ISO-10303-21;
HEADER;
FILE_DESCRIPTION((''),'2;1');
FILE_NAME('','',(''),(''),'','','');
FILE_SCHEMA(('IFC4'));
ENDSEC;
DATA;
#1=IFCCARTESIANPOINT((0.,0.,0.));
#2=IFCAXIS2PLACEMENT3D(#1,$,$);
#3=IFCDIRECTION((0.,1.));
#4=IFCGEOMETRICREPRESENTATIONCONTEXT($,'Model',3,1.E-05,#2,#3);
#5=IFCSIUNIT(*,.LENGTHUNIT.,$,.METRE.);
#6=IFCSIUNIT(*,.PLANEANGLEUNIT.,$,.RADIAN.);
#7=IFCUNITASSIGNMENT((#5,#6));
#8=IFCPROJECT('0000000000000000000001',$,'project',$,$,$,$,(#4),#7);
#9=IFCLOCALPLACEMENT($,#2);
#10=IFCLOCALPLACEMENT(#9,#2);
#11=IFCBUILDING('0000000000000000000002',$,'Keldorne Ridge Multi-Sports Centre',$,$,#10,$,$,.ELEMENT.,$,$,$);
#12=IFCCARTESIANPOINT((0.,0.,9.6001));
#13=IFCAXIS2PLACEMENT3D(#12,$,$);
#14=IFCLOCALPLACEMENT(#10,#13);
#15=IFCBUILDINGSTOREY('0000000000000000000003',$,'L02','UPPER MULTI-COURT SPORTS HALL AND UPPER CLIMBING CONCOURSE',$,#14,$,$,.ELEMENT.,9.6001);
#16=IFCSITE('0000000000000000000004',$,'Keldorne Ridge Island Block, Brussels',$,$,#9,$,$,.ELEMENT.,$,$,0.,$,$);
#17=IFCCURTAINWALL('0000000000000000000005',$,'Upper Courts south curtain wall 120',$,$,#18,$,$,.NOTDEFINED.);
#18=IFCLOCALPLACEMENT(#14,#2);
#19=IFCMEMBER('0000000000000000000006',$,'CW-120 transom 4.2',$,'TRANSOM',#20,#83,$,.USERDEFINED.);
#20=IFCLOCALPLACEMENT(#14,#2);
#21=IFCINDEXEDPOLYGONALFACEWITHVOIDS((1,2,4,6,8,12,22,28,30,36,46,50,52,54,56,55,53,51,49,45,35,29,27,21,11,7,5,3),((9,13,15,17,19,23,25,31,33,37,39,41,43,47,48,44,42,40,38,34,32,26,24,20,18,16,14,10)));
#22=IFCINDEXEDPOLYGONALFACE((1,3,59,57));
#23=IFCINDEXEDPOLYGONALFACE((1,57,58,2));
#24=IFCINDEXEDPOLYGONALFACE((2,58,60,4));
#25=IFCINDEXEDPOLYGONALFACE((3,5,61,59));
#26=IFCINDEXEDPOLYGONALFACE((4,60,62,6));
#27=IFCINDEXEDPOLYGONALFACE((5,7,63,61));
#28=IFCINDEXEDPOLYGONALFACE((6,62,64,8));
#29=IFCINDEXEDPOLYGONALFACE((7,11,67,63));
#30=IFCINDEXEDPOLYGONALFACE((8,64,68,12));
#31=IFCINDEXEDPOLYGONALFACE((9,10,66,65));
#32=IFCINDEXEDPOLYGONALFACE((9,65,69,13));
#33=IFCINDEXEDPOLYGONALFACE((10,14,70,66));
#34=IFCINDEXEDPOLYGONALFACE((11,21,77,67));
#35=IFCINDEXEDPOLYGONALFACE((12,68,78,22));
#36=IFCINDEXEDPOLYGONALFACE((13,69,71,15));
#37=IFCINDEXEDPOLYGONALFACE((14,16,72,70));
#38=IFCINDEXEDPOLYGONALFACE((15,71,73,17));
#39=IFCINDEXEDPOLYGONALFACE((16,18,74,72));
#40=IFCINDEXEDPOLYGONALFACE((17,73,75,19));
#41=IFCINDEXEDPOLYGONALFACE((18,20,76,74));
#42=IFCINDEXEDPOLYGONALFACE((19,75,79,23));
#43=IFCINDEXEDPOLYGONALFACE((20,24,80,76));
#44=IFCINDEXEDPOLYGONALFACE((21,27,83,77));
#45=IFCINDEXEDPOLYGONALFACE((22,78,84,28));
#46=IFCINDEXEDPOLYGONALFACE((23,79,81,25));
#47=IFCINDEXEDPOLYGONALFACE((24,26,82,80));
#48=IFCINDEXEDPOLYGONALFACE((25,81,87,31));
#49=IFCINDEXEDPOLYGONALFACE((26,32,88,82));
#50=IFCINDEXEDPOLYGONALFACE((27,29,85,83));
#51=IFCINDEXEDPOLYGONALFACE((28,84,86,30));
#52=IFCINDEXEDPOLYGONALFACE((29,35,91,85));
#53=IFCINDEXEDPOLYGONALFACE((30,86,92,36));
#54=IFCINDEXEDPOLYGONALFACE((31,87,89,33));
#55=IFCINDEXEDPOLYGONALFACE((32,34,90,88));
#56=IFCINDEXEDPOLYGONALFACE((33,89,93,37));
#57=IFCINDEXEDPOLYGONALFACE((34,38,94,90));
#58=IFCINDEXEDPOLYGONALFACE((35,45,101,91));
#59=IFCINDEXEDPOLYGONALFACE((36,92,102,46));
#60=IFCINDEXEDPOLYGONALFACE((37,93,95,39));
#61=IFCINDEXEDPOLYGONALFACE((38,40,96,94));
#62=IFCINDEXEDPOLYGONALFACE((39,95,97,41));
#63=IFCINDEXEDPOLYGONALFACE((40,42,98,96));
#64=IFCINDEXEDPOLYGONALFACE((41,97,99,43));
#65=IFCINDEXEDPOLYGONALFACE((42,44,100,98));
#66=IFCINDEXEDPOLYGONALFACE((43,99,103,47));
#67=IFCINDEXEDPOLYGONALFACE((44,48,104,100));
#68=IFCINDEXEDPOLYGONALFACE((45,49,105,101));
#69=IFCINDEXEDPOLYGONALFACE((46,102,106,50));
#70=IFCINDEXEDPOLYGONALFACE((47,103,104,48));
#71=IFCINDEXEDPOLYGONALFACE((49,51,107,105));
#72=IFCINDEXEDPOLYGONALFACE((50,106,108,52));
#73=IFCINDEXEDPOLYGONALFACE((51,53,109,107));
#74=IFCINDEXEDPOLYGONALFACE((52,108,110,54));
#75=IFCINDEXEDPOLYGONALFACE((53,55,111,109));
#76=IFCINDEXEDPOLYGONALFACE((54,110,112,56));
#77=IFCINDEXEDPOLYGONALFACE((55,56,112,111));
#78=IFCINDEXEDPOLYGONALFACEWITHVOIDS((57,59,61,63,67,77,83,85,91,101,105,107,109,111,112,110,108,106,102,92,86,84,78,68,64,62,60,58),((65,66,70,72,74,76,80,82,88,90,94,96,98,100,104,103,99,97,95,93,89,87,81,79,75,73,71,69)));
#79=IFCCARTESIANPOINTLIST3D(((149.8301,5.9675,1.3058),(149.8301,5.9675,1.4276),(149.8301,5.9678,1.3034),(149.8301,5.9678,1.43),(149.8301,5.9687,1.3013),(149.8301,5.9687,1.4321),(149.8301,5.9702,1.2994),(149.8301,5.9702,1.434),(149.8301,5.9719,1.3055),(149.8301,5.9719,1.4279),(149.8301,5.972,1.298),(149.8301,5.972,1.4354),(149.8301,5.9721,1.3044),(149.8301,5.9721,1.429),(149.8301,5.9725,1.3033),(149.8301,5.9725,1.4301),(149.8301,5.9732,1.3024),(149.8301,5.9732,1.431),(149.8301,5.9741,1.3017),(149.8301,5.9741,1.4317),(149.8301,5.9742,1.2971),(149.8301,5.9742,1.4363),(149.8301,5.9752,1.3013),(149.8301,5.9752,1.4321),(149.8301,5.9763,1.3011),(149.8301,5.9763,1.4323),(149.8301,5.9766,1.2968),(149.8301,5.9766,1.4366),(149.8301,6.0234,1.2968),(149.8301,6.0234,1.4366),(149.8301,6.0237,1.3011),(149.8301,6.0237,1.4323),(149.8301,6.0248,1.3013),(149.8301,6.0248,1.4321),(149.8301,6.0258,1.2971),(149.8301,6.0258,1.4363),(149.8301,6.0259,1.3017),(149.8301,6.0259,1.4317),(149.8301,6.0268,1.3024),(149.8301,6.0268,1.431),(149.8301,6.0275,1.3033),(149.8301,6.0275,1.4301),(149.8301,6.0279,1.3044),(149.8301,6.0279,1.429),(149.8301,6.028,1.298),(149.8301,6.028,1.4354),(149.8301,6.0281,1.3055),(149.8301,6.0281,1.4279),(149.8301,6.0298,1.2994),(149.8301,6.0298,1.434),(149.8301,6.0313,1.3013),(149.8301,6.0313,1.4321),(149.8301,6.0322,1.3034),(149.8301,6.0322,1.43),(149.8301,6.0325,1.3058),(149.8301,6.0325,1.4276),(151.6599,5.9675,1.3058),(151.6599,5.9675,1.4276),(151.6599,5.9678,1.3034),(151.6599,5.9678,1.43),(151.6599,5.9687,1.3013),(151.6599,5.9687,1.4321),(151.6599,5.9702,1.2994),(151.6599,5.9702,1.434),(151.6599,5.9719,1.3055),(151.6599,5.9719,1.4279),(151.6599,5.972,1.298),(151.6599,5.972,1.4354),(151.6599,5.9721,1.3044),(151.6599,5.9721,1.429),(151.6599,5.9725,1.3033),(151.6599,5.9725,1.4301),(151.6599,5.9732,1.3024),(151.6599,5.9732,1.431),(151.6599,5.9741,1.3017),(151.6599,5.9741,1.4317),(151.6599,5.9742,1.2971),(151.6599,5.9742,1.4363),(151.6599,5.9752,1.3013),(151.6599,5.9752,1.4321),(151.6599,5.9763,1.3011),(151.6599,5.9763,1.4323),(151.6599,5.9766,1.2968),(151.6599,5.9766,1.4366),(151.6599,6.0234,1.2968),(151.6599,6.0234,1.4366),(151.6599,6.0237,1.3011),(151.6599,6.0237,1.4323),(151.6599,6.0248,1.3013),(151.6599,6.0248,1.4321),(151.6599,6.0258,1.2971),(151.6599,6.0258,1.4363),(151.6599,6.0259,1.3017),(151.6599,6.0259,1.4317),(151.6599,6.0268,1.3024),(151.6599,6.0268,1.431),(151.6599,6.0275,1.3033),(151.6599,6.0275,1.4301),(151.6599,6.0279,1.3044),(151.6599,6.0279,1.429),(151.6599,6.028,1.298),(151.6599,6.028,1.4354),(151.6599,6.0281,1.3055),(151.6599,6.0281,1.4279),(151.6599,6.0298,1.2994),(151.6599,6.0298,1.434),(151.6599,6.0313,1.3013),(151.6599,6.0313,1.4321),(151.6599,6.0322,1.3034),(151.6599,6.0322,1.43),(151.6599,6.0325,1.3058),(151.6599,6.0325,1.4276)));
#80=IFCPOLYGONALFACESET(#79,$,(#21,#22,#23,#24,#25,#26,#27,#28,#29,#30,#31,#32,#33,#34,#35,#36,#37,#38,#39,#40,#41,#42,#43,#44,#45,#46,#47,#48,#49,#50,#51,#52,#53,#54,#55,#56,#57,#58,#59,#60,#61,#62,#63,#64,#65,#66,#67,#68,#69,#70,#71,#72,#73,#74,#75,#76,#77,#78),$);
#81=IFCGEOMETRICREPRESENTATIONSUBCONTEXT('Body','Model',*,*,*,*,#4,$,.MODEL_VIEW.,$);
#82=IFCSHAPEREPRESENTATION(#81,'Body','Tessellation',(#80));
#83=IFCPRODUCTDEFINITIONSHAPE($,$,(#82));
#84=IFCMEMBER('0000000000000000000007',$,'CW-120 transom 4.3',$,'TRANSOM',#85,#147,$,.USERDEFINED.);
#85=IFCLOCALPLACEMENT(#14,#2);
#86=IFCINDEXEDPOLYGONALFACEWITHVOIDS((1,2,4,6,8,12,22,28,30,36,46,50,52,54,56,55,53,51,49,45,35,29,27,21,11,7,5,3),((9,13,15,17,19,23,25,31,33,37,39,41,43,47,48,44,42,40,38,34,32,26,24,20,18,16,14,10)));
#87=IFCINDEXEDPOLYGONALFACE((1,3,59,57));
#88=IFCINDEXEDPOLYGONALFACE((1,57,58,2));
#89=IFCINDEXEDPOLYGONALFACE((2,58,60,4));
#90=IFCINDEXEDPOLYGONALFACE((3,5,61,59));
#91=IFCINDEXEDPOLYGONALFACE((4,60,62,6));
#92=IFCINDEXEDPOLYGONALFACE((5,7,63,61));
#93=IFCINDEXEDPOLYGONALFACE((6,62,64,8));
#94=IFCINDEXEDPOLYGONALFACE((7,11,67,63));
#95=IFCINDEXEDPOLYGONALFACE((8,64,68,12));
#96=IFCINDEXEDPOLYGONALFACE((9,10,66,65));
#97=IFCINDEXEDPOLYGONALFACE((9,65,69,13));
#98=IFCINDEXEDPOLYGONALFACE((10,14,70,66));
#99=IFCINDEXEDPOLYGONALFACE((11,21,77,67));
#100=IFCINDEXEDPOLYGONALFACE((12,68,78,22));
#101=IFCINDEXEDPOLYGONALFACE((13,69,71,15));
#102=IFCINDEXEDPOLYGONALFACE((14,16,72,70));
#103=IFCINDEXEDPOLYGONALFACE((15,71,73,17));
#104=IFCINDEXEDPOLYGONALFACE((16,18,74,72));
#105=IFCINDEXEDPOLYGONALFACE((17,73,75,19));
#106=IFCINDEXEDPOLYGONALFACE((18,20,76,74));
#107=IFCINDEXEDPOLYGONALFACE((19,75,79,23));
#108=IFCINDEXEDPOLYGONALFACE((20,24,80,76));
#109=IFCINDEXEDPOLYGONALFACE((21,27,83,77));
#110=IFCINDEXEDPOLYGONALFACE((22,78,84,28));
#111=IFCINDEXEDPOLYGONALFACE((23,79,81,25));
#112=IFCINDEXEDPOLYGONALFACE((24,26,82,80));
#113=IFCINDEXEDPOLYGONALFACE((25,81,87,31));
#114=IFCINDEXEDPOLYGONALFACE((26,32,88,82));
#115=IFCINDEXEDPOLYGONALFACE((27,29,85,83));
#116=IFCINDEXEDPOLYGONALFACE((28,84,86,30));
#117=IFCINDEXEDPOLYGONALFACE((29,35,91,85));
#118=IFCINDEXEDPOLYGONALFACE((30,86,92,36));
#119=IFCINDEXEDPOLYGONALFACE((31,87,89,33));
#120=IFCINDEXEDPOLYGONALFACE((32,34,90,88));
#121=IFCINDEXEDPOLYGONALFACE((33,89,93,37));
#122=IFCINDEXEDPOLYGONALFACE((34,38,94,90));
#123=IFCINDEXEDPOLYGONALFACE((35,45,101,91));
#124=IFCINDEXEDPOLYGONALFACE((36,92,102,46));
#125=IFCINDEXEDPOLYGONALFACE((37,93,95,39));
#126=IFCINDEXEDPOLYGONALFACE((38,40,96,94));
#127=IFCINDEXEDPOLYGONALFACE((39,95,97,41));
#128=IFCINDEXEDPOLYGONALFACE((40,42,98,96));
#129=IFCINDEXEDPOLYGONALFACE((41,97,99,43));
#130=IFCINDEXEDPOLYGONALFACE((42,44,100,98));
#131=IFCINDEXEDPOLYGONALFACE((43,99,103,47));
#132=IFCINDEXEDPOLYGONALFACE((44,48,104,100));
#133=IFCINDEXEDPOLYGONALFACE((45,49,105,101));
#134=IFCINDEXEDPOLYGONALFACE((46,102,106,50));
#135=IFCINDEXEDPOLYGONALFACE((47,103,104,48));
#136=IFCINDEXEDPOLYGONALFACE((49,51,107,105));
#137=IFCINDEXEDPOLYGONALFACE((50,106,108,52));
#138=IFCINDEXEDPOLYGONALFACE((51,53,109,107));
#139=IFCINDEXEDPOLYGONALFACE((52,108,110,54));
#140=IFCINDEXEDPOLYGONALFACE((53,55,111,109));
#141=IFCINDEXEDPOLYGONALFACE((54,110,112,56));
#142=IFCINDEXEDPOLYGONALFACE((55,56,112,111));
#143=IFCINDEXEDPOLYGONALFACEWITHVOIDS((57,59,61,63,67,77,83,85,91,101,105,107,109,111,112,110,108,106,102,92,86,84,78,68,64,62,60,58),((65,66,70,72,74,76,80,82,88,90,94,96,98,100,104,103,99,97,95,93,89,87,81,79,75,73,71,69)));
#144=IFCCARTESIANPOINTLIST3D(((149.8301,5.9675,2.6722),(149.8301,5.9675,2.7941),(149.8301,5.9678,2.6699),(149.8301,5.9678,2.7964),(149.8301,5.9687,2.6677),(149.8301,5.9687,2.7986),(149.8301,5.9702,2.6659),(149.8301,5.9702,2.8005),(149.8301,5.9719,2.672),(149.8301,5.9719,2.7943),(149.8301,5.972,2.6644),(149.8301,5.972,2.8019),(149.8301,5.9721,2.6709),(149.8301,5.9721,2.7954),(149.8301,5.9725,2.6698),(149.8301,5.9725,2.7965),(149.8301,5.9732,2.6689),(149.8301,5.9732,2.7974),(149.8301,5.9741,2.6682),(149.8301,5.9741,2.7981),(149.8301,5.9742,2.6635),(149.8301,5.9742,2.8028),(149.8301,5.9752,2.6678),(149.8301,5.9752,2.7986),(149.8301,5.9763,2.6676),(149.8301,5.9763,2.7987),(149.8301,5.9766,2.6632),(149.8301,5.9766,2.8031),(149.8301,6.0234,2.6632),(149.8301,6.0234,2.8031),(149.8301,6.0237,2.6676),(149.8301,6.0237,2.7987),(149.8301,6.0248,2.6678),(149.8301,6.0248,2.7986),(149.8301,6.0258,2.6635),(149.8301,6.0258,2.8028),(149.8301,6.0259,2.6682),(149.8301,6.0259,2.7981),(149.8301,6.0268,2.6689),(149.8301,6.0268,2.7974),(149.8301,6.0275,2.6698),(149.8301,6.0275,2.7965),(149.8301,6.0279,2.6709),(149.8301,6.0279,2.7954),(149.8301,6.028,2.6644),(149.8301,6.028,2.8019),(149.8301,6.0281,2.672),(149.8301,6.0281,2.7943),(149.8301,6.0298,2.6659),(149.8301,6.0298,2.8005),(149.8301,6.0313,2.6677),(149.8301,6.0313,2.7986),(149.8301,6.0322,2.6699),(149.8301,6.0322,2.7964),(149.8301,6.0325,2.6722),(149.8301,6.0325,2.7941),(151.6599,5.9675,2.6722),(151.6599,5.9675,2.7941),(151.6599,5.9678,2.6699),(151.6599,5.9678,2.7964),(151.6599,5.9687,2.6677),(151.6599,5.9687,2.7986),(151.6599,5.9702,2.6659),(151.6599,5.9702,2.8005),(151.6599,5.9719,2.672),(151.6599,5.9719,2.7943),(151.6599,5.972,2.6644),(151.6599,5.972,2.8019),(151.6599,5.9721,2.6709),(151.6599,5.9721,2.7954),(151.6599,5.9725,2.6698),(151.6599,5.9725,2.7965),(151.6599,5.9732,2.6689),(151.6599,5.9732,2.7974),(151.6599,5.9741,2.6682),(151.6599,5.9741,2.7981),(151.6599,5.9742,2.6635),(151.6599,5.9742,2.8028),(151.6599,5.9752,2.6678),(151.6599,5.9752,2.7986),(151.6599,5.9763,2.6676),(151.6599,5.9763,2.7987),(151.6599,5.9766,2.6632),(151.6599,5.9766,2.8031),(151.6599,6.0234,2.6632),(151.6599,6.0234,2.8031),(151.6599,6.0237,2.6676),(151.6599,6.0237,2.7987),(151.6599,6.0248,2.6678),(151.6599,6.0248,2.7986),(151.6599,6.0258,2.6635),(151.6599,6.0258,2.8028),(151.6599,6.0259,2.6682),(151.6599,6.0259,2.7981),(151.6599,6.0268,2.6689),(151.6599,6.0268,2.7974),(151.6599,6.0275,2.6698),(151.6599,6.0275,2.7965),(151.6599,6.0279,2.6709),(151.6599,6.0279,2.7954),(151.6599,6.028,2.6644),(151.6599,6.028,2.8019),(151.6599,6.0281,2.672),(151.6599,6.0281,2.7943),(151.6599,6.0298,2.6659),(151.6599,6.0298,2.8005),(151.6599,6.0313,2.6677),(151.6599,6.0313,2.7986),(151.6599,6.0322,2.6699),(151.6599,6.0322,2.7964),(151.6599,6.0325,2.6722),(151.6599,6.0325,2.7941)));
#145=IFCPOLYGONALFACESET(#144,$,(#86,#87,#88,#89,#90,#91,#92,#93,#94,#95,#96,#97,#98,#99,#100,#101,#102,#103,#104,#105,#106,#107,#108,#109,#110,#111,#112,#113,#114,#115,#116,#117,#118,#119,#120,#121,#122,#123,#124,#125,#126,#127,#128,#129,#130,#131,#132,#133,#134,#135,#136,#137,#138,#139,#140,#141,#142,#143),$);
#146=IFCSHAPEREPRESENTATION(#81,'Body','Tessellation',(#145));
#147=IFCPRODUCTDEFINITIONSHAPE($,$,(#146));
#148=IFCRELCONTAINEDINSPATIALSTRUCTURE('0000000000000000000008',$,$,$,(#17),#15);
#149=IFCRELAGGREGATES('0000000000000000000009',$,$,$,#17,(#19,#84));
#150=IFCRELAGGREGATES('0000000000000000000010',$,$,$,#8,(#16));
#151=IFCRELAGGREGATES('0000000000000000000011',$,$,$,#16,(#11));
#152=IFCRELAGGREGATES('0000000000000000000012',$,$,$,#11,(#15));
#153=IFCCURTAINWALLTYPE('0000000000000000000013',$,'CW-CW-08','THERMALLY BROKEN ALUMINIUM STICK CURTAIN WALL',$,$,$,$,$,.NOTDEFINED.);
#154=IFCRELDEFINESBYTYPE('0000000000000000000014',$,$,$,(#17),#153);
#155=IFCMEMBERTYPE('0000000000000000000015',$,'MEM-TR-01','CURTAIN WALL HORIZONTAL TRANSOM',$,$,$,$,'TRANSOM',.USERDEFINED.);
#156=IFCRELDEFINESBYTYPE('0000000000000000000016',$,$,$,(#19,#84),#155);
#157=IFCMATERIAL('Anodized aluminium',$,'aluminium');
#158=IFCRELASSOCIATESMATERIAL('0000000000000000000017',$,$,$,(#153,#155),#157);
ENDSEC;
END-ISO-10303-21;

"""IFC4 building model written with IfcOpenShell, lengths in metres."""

from ifc_helpers import new_model, si_unit, direction, frame, origin, origin_2d, place, context, subcontext, project, spatial, hollow_rectangle, extrude, material, material_profile, profile_set, type_object, element, aggregate, save


model = new_model("IFC4")

# Units and contexts
model_context = context("Model", 3, precision=1e-05, world=origin(), true_north=direction((0.0, 1.0)))
body_context = subcontext(model_context, "Body", "Model", "MODEL_VIEW")
ifc_project = project(units=[si_unit("LENGTHUNIT", "METRE"), si_unit("PLANEANGLEUNIT", "RADIAN")], contexts=[model_context])

# Site, building, storey
site_placement = place(None, origin())
site = spatial("IfcSite", under=ifc_project, at=site_placement, Name="Keldorne Ridge Island Block, Brussels", CompositionType="ELEMENT", RefElevation=0.0)
building_placement = place(site_placement, origin())
building = spatial("IfcBuilding", under=site, at=building_placement, Name="Keldorne Ridge Multi-Sports Centre", CompositionType="ELEMENT")
storey_placement = place(building_placement, frame((0.0, 0.0, 9.6001)))
storey = spatial("IfcBuildingStorey", under=building, at=storey_placement, Name="L02", Description="UPPER MULTI-COURT SPORTS HALL AND UPPER CLIMBING CONCOURSE", CompositionType="ELEMENT", Elevation=9.6001)

# Curtain wall
ifc_material_1 = material(Name="Anodized aluminium", Category="aluminium")
curtain_wall_type_1 = type_object("IfcCurtainWallType", Name="CW-CW-08", Description="THERMALLY BROKEN ALUMINIUM STICK CURTAIN WALL", PredefinedType="NOTDEFINED", material=ifc_material_1)
curtain_wall_1_placement = place(storey_placement, origin())
curtain_wall_1 = element("IfcCurtainWall", 1, at=curtain_wall_1_placement, inside=storey, type_object=curtain_wall_type_1, Name="Upper Courts south curtain wall 120", PredefinedType="NOTDEFINED")

# Members
ifc_material_profile_1 = material_profile(ifc_material_1, hollow_rectangle(XDim=0.0649, YDim=0.1399, WallThickness=0.0044, InnerFilletRadius=0.0044, OuterFilletRadius=0.009, at=origin_2d()), Name="ALU TRANSOM 140x65x4.5")
ifc_profile_set_1 = profile_set([ifc_material_profile_1], Name="Anodized aluminium")
member_type_1 = type_object("IfcMemberType", Name="MEM-TR-01", Description="CURTAIN WALL HORIZONTAL TRANSOM", ElementType="TRANSOM", PredefinedType="USERDEFINED", material=ifc_profile_set_1)
member_1_placement = place(storey_placement, frame((149.8301, 6.0, 1.3667), z_axis=(1.0, 0.0, 0.0), x_axis=(0.0, 1.0, 0.0)))
member_1 = element("IfcMember", 2, at=member_1_placement, type_object=member_type_1, Name="CW-120 transom 4.2", ObjectType="TRANSOM", PredefinedType="USERDEFINED", context=body_context, shape_type="SweptSolid", body=[
    extrude(hollow_rectangle(XDim=0.0649, YDim=0.1399, WallThickness=0.0044, InnerFilletRadius=0.0044, OuterFilletRadius=0.009, at=origin_2d()), origin(), (0.0, 0.0, 1.0), 1.8298),
])
member_2_placement = place(storey_placement, frame((149.8301, 6.0, 2.7332), z_axis=(1.0, 0.0, 0.0), x_axis=(0.0, 1.0, 0.0)))
member_2 = element("IfcMember", 3, at=member_2_placement, type_object=member_type_1, Name="CW-120 transom 4.3", ObjectType="TRANSOM", PredefinedType="USERDEFINED", context=body_context, shape_type="SweptSolid", body=[
    extrude(hollow_rectangle(XDim=0.0649, YDim=0.1399, WallThickness=0.0044, InnerFilletRadius=0.0044, OuterFilletRadius=0.009, at=origin_2d()), origin(), (0.0, 0.0, 1.0), 1.8298),
])

aggregate(curtain_wall_1, [member_1, member_2])

save(model, "model.ifc")
